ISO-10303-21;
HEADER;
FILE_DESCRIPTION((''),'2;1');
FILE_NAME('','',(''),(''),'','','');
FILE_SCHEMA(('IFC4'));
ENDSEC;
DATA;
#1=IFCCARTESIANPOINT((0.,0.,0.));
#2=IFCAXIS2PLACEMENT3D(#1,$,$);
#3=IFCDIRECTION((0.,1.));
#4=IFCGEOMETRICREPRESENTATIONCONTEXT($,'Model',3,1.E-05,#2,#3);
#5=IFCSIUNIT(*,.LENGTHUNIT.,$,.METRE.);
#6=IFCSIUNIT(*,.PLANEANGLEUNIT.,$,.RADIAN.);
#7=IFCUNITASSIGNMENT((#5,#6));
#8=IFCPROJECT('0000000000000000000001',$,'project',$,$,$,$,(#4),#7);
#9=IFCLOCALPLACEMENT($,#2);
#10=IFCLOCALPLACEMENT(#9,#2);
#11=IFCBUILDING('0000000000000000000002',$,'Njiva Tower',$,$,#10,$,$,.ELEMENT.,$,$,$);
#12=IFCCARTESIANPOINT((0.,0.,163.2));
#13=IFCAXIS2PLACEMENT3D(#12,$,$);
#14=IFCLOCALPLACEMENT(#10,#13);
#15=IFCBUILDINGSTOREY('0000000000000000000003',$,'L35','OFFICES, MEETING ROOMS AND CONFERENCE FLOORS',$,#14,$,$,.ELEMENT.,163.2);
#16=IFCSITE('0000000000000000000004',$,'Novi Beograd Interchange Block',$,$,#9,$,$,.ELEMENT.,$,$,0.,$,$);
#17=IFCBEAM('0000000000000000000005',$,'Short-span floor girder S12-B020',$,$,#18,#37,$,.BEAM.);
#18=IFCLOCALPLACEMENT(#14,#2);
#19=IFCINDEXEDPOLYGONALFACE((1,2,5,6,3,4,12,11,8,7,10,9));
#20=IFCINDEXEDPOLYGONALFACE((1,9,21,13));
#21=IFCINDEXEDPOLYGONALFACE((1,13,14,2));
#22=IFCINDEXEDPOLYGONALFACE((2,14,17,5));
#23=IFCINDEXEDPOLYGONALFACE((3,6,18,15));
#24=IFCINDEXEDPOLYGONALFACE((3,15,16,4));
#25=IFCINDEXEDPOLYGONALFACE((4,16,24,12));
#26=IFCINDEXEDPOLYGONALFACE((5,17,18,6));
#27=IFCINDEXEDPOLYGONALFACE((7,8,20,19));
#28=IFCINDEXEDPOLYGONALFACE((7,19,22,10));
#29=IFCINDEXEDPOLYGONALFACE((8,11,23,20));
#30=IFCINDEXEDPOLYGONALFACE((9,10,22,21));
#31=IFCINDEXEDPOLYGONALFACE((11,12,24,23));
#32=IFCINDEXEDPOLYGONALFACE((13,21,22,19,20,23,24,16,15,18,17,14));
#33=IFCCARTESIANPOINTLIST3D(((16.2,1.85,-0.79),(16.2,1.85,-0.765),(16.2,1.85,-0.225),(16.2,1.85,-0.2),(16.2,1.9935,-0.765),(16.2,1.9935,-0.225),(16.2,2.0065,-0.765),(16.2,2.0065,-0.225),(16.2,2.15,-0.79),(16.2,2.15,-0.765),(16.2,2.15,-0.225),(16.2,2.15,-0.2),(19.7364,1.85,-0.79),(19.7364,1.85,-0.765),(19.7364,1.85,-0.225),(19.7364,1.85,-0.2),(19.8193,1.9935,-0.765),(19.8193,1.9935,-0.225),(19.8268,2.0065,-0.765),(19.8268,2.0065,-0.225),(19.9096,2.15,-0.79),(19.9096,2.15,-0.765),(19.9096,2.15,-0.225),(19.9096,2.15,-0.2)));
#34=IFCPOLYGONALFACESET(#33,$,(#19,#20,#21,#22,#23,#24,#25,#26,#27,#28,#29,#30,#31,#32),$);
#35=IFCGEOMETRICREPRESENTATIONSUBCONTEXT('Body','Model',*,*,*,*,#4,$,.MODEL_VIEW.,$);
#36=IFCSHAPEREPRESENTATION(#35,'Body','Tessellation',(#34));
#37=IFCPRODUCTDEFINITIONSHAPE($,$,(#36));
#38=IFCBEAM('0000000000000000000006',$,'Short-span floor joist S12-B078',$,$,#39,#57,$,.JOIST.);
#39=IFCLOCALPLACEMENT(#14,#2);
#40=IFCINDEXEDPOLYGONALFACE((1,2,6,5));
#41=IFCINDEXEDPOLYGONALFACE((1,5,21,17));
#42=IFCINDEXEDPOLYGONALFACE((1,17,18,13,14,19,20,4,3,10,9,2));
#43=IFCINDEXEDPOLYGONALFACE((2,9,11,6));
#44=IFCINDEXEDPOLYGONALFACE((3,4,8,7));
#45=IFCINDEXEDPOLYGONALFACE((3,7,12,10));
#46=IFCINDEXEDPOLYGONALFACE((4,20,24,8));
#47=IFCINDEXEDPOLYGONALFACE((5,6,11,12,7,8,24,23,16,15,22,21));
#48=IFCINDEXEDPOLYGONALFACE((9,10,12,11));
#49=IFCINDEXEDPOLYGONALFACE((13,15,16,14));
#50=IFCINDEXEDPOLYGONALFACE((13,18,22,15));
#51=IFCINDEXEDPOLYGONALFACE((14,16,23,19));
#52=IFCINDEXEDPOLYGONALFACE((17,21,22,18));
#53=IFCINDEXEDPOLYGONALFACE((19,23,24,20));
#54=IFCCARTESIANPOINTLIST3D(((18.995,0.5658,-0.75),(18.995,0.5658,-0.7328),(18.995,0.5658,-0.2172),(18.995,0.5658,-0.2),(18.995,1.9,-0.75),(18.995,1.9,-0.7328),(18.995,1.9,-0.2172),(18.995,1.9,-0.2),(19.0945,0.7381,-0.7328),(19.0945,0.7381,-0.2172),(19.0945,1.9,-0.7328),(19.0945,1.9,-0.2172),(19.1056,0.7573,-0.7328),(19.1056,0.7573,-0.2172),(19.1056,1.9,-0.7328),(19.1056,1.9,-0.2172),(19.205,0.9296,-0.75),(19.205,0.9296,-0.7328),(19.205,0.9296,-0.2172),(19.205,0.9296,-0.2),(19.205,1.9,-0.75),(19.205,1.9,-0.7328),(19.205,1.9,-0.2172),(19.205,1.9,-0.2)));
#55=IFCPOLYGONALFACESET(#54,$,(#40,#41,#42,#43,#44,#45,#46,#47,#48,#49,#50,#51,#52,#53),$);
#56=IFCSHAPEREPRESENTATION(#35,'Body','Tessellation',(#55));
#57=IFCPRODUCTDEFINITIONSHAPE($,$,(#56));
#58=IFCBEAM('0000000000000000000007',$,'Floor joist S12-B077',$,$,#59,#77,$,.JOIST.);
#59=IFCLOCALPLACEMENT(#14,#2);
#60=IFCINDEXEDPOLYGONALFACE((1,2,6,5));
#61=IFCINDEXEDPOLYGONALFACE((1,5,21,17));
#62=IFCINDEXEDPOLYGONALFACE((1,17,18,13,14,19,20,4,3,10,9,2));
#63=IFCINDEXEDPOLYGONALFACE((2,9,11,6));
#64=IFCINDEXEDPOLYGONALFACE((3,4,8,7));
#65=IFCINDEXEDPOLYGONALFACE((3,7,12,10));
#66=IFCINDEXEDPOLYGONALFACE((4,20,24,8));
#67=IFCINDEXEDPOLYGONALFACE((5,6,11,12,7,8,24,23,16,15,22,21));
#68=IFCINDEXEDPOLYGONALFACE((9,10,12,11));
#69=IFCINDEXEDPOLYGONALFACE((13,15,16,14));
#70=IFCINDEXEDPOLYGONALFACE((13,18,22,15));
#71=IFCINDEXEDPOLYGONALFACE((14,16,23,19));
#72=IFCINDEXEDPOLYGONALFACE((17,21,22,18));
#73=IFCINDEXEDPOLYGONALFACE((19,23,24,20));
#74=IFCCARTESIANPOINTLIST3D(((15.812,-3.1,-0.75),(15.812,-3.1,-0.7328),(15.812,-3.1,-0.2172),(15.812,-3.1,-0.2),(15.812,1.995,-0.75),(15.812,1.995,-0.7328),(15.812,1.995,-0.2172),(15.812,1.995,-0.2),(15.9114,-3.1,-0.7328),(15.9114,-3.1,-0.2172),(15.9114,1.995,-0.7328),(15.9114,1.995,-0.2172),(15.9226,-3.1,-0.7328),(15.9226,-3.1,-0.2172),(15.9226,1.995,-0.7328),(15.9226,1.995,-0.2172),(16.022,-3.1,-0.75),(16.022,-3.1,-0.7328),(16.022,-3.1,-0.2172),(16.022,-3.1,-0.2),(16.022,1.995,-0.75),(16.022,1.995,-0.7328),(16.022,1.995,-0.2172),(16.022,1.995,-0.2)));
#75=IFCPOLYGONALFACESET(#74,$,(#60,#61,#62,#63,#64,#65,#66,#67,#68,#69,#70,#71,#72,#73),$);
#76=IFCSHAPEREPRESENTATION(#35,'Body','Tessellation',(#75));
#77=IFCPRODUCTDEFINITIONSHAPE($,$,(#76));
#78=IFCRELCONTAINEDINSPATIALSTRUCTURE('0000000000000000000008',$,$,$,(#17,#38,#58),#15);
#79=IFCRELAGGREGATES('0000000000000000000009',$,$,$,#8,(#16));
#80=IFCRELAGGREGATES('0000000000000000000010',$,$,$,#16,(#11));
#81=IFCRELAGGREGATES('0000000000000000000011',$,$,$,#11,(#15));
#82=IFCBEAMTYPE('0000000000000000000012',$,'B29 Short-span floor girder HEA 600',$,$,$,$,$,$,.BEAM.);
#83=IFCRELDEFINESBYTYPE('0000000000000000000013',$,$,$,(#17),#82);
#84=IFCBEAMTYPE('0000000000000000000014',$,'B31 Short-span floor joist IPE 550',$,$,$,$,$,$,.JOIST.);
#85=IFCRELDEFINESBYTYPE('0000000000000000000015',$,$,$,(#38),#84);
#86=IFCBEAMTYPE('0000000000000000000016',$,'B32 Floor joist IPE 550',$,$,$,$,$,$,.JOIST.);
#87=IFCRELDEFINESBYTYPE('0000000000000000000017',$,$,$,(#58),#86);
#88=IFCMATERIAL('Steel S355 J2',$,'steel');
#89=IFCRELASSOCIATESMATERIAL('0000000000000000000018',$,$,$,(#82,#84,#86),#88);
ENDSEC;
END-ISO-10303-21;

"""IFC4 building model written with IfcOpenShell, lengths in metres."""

from ifc_helpers import new_model, si_unit, direction, frame, origin, origin_2d, place, context, subcontext, project, spatial, i_section, extrude, clip, halfspace, material, material_profile, profile_set, type_object, element, save


model = new_model("IFC4")

# Units and contexts
model_context = context("Model", 3, precision=1e-05, world=origin(), true_north=direction((0.0, 1.0)))
body_context = subcontext(model_context, "Body", "Model", "MODEL_VIEW")
ifc_project = project(units=[si_unit("LENGTHUNIT", "METRE"), si_unit("PLANEANGLEUNIT", "RADIAN")], contexts=[model_context])

# Site, building, storey
site_placement = place(None, origin())
site = spatial("IfcSite", under=ifc_project, at=site_placement, Name="Novi Beograd Interchange Block", CompositionType="ELEMENT", RefElevation=0.0)
building_placement = place(site_placement, origin())
building = spatial("IfcBuilding", under=site, at=building_placement, Name="Njiva Tower", CompositionType="ELEMENT")
storey_placement = place(building_placement, frame((0.0, 0.0, 163.2)))
storey = spatial("IfcBuildingStorey", under=building, at=storey_placement, Name="L35", Description="OFFICES, MEETING ROOMS AND CONFERENCE FLOORS", CompositionType="ELEMENT", Elevation=163.2)

# Shared definitions
ifc_material_1 = material(Name="Steel S355 J2", Category="steel")

# Beams
ifc_material_profile_1 = material_profile(ifc_material_1, i_section(OverallWidth=0.3, OverallDepth=0.59, WebThickness=0.013, FlangeThickness=0.025, at=origin_2d()), Name="HEA 600")
ifc_profile_set_1 = profile_set([ifc_material_profile_1], Name="Steel S355 J2")
beam_type_1 = type_object("IfcBeamType", Name="B29 Short-span floor girder HEA 600", PredefinedType="BEAM", material=ifc_profile_set_1)
beam_1_placement = place(storey_placement, frame((16.2, 2.0, -0.495), z_axis=(1.0, 0.0, 0.0), x_axis=(0.0, 1.0, 0.0)))
element("IfcBeam", 1, at=beam_1_placement, inside=storey, type_object=beam_type_1, Name="Short-span floor girder S12-B020", PredefinedType="BEAM", context=body_context, shape_type="Clipping", body=[
    clip(extrude(i_section(OverallWidth=0.3, OverallDepth=0.59, WebThickness=0.013, FlangeThickness=0.025, at=origin_2d()), origin(), (0.0, 0.0, 1.0), 3.73), halfspace(frame((-0.025, 0.0, 3.6086), z_axis=(-0.499998, 0.0, 0.866027), x_axis=(0.0, 1.0, 0.0)), False)),
])
ifc_material_profile_2 = material_profile(ifc_material_1, i_section(OverallWidth=0.21, OverallDepth=0.55, WebThickness=0.0111, FlangeThickness=0.0172, at=origin_2d()), Name="IPE 550")
ifc_profile_set_2 = profile_set([ifc_material_profile_2], Name="Steel S355 J2")
beam_type_2 = type_object("IfcBeamType", Name="B31 Short-span floor joist IPE 550", PredefinedType="JOIST", material=ifc_profile_set_2)
beam_2_placement = place(storey_placement, frame((19.1, 1.9, -0.475), z_axis=(0.0, -1.0, 0.0), x_axis=(1.0, 0.0, 0.0)))
element("IfcBeam", 2, at=beam_2_placement, inside=storey, type_object=beam_type_2, Name="Short-span floor joist S12-B078", PredefinedType="JOIST", context=body_context, shape_type="Clipping", body=[
    clip(extrude(i_section(OverallWidth=0.21, OverallDepth=0.55, WebThickness=0.0111, FlangeThickness=0.0172, at=origin_2d()), origin(), (0.0, 0.0, 1.0), 1.354), halfspace(frame((0.0433, 0.0, 1.0773), z_axis=(0.866027, 0.0, 0.499998), x_axis=(0.0, 1.0, 0.0)), False)),
])
ifc_material_profile_3 = material_profile(ifc_material_1, i_section(OverallWidth=0.21, OverallDepth=0.55, WebThickness=0.0111, FlangeThickness=0.0172, at=origin_2d()), Name="IPE 550")
ifc_profile_set_3 = profile_set([ifc_material_profile_3], Name="Steel S355 J2")
beam_type_3 = type_object("IfcBeamType", Name="B32 Floor joist IPE 550", PredefinedType="JOIST", material=ifc_profile_set_3)
beam_3_placement = place(storey_placement, frame((15.917, 1.995, -0.475), z_axis=(0.0, -1.0, 0.0), x_axis=(1.0, 0.0, 0.0)))
element("IfcBeam", 3, at=beam_3_placement, inside=storey, type_object=beam_type_3, Name="Floor joist S12-B077", PredefinedType="JOIST", context=body_context, shape_type="SweptSolid", body=[
    extrude(i_section(OverallWidth=0.21, OverallDepth=0.55, WebThickness=0.0111, FlangeThickness=0.0172, at=origin_2d()), origin(), (0.0, 0.0, 1.0), 5.095),
])

save(model, "model.ifc")
